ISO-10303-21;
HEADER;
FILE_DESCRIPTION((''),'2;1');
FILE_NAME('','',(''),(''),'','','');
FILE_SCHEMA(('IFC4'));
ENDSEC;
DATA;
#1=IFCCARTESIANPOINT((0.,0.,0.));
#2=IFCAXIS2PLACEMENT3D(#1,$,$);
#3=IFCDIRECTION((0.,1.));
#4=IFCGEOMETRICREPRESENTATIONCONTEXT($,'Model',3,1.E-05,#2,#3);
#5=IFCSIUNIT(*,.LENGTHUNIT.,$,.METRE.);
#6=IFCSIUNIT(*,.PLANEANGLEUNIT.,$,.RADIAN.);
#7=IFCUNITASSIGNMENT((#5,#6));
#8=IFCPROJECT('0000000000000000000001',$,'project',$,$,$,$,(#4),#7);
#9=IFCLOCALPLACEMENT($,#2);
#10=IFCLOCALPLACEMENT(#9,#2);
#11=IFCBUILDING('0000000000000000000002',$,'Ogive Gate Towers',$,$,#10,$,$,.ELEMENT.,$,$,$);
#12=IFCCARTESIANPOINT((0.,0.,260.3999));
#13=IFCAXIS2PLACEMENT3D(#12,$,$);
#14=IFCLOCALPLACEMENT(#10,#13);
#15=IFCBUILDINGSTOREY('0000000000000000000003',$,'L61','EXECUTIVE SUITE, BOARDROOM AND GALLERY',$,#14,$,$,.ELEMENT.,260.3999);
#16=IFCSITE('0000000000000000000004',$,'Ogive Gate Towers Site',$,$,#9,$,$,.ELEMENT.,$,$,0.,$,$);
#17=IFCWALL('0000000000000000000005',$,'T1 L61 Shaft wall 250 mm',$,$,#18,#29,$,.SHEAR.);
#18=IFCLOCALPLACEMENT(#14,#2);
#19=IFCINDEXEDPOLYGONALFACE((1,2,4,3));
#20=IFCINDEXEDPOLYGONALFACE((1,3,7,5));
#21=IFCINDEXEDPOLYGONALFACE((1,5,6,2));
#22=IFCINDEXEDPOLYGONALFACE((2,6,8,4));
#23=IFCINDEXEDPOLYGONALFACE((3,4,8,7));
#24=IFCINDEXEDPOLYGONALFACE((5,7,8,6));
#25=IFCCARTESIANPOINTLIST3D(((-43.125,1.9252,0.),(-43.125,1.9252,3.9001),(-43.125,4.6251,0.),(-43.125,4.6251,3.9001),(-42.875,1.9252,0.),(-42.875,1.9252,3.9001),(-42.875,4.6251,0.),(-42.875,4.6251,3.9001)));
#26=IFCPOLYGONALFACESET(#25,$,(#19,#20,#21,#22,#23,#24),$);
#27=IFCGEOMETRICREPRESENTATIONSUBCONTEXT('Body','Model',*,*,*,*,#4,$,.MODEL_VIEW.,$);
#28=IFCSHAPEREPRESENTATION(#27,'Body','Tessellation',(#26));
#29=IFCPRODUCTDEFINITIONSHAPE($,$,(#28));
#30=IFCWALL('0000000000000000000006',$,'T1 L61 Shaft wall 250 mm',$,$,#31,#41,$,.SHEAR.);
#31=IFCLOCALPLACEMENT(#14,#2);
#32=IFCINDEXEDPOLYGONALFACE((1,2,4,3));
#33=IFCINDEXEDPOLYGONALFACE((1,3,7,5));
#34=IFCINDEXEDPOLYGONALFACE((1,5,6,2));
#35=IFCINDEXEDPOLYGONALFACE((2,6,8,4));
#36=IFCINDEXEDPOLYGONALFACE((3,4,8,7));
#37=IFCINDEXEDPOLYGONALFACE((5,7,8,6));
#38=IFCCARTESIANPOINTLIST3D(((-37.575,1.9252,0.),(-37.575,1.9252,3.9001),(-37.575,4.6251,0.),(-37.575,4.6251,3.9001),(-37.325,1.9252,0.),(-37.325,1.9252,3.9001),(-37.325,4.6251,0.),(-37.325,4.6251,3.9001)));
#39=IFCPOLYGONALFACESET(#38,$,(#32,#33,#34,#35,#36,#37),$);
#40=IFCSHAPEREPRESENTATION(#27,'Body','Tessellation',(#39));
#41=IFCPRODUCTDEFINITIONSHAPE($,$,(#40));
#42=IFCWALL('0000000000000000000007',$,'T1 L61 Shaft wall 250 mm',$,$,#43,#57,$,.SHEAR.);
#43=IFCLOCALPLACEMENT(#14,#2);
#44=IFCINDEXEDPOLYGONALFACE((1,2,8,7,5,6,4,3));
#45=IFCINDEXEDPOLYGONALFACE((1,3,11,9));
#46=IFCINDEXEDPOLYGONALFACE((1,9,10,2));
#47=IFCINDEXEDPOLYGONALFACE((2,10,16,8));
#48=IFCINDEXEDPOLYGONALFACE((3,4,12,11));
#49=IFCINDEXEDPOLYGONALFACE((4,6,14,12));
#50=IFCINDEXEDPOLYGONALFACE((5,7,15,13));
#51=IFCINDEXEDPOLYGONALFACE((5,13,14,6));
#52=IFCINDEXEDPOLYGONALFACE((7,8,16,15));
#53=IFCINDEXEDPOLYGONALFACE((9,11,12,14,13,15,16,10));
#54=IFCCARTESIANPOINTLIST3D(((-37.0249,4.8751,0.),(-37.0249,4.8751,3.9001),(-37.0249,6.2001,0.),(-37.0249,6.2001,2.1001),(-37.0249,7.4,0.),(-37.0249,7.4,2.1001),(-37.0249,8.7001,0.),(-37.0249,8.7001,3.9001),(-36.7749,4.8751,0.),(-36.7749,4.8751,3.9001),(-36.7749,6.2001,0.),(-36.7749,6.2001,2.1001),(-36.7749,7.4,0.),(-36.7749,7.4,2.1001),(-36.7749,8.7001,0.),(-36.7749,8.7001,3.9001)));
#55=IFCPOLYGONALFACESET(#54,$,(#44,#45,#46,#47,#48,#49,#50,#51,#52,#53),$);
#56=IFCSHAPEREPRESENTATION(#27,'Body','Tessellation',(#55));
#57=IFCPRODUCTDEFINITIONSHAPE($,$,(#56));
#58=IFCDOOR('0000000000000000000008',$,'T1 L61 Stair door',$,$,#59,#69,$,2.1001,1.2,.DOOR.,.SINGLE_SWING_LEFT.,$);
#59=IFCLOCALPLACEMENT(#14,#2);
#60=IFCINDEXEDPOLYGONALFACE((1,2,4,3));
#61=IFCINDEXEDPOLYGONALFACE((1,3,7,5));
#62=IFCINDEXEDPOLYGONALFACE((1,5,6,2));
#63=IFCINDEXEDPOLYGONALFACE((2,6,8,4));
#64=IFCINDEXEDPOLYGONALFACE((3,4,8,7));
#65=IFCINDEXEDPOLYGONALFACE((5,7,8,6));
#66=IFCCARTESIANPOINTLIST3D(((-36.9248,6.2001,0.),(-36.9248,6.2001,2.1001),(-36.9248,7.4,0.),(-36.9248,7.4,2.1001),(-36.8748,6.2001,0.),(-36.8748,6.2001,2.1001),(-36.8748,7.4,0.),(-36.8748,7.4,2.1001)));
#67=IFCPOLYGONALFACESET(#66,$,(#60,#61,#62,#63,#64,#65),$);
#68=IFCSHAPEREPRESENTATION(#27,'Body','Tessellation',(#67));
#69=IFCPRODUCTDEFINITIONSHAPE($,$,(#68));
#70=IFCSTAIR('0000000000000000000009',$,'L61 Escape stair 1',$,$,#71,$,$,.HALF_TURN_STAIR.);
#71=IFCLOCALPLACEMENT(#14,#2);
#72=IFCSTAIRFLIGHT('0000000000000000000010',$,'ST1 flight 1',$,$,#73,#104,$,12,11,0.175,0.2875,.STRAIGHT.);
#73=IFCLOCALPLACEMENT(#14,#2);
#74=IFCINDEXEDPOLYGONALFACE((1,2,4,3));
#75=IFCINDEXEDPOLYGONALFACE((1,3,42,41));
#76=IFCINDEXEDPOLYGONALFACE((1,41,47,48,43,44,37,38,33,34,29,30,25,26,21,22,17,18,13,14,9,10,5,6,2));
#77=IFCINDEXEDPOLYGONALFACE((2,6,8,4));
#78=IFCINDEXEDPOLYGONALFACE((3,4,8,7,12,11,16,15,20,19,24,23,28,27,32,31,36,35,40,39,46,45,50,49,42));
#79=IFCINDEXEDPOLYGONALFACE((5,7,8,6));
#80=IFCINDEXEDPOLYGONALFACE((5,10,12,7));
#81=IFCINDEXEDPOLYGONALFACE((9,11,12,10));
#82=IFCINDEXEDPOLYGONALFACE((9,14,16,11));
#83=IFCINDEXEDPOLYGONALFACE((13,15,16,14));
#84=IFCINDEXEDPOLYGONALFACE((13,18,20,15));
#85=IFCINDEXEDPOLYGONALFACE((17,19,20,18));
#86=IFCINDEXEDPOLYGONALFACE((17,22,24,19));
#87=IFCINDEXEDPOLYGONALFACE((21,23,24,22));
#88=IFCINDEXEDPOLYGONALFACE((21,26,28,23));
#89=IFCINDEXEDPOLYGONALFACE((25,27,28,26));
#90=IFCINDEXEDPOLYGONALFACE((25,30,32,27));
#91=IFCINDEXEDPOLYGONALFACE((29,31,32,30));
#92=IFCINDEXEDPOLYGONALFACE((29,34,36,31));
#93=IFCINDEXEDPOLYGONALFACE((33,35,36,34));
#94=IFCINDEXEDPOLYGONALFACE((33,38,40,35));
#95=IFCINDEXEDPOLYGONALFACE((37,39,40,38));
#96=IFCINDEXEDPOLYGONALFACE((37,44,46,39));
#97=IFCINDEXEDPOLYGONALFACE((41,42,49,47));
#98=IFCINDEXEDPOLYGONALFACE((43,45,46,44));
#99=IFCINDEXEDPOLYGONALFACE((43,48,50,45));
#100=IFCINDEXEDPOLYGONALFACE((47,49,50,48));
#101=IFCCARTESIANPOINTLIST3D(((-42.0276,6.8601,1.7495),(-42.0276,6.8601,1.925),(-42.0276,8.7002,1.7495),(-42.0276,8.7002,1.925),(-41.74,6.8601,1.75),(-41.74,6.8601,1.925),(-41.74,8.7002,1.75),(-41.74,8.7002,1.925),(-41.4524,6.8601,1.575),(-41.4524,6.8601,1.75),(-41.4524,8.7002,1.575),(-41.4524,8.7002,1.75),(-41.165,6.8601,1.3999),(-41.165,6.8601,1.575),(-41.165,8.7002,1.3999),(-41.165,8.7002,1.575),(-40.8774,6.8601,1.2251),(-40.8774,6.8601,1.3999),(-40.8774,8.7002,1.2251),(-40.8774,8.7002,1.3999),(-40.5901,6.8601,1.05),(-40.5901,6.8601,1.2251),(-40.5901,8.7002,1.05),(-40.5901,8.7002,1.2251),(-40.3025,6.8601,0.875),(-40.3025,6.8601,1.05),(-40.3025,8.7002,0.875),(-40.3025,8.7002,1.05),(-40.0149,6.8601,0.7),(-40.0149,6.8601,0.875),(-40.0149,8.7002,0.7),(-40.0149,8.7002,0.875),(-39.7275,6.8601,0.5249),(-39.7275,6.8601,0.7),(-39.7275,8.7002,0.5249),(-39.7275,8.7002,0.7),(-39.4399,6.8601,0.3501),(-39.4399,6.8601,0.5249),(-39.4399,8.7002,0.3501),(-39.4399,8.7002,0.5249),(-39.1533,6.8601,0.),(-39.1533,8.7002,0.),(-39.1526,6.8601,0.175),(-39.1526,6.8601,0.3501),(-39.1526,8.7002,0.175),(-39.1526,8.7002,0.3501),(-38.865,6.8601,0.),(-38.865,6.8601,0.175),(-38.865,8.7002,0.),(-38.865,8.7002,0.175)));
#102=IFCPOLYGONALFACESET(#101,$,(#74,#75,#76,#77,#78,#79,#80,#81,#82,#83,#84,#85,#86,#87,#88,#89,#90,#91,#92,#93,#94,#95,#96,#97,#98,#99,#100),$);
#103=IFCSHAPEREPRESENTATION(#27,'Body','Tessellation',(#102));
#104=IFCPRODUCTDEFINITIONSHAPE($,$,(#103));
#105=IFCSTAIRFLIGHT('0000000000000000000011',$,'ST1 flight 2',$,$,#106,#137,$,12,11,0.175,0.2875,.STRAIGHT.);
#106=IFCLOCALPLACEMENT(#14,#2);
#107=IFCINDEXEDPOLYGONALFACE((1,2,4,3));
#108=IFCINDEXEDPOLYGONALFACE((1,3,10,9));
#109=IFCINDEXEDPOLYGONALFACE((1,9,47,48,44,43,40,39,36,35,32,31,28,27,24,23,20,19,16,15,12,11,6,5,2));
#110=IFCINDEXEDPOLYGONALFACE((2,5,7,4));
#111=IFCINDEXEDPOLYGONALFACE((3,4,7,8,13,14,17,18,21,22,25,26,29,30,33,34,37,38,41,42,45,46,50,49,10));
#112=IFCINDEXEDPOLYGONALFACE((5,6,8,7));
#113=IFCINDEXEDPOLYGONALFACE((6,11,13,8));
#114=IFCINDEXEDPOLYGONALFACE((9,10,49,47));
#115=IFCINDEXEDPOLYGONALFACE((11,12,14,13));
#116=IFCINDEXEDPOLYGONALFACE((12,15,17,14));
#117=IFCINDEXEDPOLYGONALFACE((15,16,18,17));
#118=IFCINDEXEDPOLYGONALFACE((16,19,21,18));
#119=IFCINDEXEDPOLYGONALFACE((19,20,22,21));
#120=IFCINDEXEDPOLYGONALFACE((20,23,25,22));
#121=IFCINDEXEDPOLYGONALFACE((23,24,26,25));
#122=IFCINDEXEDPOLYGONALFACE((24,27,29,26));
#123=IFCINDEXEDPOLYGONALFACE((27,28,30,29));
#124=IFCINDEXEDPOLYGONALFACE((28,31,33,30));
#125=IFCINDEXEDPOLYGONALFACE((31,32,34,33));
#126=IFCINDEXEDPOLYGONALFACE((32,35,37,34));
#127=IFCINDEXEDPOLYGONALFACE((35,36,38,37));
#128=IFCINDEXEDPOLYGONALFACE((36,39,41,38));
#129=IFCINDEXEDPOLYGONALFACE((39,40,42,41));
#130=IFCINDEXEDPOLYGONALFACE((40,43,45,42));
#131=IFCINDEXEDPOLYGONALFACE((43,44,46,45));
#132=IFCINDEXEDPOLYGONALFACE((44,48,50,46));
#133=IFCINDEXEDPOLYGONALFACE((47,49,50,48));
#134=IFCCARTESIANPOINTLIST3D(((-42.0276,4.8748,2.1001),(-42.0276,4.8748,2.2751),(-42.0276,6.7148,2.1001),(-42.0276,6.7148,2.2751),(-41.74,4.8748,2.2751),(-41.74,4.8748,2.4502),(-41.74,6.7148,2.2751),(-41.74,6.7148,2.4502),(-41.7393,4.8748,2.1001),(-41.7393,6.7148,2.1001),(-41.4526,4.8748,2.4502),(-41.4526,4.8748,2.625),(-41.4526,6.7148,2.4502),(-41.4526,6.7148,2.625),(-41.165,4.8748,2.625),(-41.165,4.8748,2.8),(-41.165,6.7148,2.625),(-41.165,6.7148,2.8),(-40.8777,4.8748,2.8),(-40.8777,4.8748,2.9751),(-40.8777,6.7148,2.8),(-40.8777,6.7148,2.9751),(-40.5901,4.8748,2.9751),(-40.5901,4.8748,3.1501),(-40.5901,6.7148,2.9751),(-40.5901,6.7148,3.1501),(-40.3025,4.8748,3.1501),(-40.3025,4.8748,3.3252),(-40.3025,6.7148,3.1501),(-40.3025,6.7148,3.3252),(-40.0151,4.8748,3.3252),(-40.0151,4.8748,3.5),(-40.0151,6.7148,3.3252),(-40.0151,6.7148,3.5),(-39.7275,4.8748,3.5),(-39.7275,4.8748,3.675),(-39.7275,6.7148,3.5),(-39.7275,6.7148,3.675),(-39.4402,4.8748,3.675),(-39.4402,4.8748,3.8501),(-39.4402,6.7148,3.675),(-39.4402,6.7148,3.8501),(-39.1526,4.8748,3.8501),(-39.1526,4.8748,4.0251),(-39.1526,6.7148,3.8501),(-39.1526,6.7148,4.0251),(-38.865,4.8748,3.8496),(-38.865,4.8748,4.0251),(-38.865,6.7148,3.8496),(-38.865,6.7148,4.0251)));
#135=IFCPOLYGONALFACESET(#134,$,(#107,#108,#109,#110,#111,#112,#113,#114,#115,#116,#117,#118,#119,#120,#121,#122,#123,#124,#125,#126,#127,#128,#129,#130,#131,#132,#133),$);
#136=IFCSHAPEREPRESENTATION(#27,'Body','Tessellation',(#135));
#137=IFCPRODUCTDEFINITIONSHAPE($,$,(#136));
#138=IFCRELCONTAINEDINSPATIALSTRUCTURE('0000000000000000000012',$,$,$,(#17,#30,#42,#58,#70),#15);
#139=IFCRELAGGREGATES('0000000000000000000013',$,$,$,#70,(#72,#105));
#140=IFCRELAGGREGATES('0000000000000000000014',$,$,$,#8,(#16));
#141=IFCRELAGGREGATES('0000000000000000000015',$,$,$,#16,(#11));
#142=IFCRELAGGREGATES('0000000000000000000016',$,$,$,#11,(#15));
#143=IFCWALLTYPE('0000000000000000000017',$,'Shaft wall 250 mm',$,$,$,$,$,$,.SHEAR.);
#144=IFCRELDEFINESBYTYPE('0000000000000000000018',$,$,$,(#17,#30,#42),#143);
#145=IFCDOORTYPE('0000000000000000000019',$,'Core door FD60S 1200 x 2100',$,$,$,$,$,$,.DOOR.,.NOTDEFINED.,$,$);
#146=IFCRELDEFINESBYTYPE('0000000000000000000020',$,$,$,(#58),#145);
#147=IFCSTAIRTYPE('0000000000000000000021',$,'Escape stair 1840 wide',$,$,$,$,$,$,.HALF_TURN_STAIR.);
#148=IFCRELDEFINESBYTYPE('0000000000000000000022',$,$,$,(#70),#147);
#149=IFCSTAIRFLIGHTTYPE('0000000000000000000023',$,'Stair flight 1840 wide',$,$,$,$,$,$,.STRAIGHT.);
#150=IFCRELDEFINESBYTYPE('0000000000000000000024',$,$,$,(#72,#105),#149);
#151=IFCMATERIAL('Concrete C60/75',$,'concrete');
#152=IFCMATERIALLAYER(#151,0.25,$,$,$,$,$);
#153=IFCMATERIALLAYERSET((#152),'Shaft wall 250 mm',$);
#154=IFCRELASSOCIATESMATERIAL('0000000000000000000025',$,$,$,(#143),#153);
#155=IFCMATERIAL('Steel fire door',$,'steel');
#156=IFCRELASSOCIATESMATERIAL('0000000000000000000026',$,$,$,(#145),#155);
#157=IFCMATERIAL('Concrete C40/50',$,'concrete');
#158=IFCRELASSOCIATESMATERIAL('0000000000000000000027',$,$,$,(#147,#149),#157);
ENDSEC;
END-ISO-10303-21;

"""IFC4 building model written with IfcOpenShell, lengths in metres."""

from ifc_helpers import new_model, si_unit, direction, frame, frame_2d, origin, place, context, subcontext, project, spatial, polyline, rectangle, outline, extrude, material, layer, layer_set, type_object, element, fill, aggregate, save


model = new_model("IFC4")

# Units and contexts
model_context = context("Model", 3, precision=1e-05, world=origin(), true_north=direction((0.0, 1.0)))
body_context = subcontext(model_context, "Body", "Model", "MODEL_VIEW")
ifc_project = project(units=[si_unit("LENGTHUNIT", "METRE"), si_unit("PLANEANGLEUNIT", "RADIAN")], contexts=[model_context])

# Site, building, storey
site_placement = place(None, origin())
site = spatial("IfcSite", under=ifc_project, at=site_placement, Name="Ogive Gate Towers Site", CompositionType="ELEMENT", RefElevation=0.0)
building_placement = place(site_placement, origin())
building = spatial("IfcBuilding", under=site, at=building_placement, Name="Ogive Gate Towers", CompositionType="ELEMENT")
storey_placement = place(building_placement, frame((0.0, 0.0, 260.3999)))
storey = spatial("IfcBuildingStorey", under=building, at=storey_placement, Name="L61", Description="EXECUTIVE SUITE, BOARDROOM AND GALLERY", CompositionType="ELEMENT", Elevation=260.3999)

# Walls
ifc_material_1 = material(Name="Concrete C60/75", Category="concrete")
ifc_layer_1 = layer(ifc_material_1, 0.25)
ifc_layer_set_1 = layer_set([ifc_layer_1], Name="Shaft wall 250 mm")
wall_type_1 = type_object("IfcWallType", Name="Shaft wall 250 mm", PredefinedType="SHEAR", material=ifc_layer_set_1)
for number, where, z_axis, x_axis, name in (
    (1, (-43.0, 1.925, 0.0), (0.0, 0.0, 1.0), (0.0, 1.0, 0.0), "T1 L61 Shaft wall 250 mm"),
    (2, (-37.45, 1.925, 0.0), (0.0, 0.0, 1.0), (0.0, 1.0, 0.0), "T1 L61 Shaft wall 250 mm"),
):
    element("IfcWall", number, at=place(storey_placement, frame(where, z_axis=z_axis, x_axis=x_axis)), inside=storey, type_object=wall_type_1, Name=name, PredefinedType="SHEAR", context=body_context, shape_type="SweptSolid", body=[
        extrude(rectangle(XDim=2.7, YDim=0.25, at=frame_2d((1.3501, 0.0))), origin(), (0.0, 0.0, 1.0), 3.9001),
    ])

# Wall, opening, door
wall_1_placement = place(storey_placement, frame((-36.8999, 4.875, 0.0), z_axis=(0.0, 0.0, 1.0), x_axis=(0.0, 1.0, 0.0)))
wall_1 = element("IfcWall", 3, at=wall_1_placement, inside=storey, type_object=wall_type_1, Name="T1 L61 Shaft wall 250 mm", PredefinedType="SHEAR", context=body_context, shape_type="SweptSolid", body=[
    extrude(rectangle(XDim=3.825, YDim=0.25, at=frame_2d((1.9126, 0.0))), origin(), (0.0, 0.0, 1.0), 3.9001),
])
opening_1_placement = place(wall_1_placement, frame((1.325, 0.0, 0.0)))
opening_1 = element("IfcOpeningElement", 4, at=opening_1_placement, cuts=wall_1, PredefinedType="OPENING", context=body_context, shape_type="SweptSolid", body=[
    extrude(rectangle(XDim=1.2, YDim=2.1001, at=frame_2d((0.6001, 1.05))), frame((0.0, 0.135, 0.0), z_axis=(0.0, -1.0, 0.0), x_axis=(1.0, 0.0, 0.0)), (0.0, 0.0, 1.0), 0.27),
])
ifc_material_2 = material(Name="Steel fire door", Category="steel")
door_type_1 = type_object("IfcDoorType", Name="Core door FD60S 1200 x 2100", OperationType="NOTDEFINED", PredefinedType="DOOR", material=ifc_material_2)
door_1_placement = place(opening_1_placement, origin())
door_1 = element("IfcDoor", 5, at=door_1_placement, inside=storey, type_object=door_type_1, Name="T1 L61 Stair door", OperationType="SINGLE_SWING_LEFT", OverallHeight=2.1001, OverallWidth=1.2, PredefinedType="DOOR", context=body_context, shape_type="SweptSolid", body=[
    extrude(rectangle(XDim=1.2, YDim=2.1001, at=frame_2d((0.6001, 1.05))), frame((0.0, 0.0249, 0.0), z_axis=(0.0, -1.0, 0.0), x_axis=(1.0, 0.0, 0.0)), (0.0, 0.0, 1.0), 0.05),
])
fill(opening_1, door_1)

# Stair, stair flights
ifc_material_3 = material(Name="Concrete C40/50", Category="concrete")
stair_type = type_object("IfcStairType", Name="Escape stair 1840 wide", PredefinedType="HALF_TURN_STAIR", material=ifc_material_3)
stair_placement = place(storey_placement, origin())
stair = element("IfcStair", 6, at=stair_placement, inside=storey, type_object=stair_type, Name="L61 Escape stair 1", PredefinedType="HALF_TURN_STAIR")
stair_flight_type = type_object("IfcStairFlightType", Name="Stair flight 1840 wide", PredefinedType="STRAIGHT", material=ifc_material_3)
stair_flight_1_placement = place(storey_placement, frame((-38.865, 7.78, 0.0), z_axis=(0.0, 0.0, 1.0), x_axis=(-1.0, 0.0, 0.0)))
stair_flight_1 = element("IfcStairFlight", 7, at=stair_flight_1_placement, type_object=stair_flight_type, Name="ST1 flight 1", NumberOfRisers=12, NumberOfTreads=11, PredefinedType="STRAIGHT", RiserHeight=0.175, TreadLength=0.2875, context=body_context, shape_type="SweptSolid", body=[
    extrude(outline(polyline([(0.0, 0.0), (0.0, 0.175), (0.2876, 0.175), (0.2876, 0.3501), (0.575, 0.3501), (0.575, 0.5249), (0.8625, 0.5249), (0.8625, 0.7), (1.1499, 0.7), (1.1499, 0.875), (1.4375, 0.875), (1.4375, 1.05), (1.7251, 1.05), (1.7251, 1.2251), (2.0125, 1.2251), (2.0125, 1.3999), (2.3, 1.3999), (2.3, 1.575), (2.5874, 1.575), (2.5874, 1.75), (2.875, 1.75), (2.875, 1.925), (3.1626, 1.925), (3.1626, 2.1001), (3.1626, 1.7495), (0.2883, 0.0), (0.0, 0.0)])), frame((0.0, 0.9199, 0.0), z_axis=(0.0, -1.0, 0.0), x_axis=(1.0, 0.0, 0.0)), (0.0, 0.0, 1.0), 1.8401),
])
stair_flight_2_placement = place(storey_placement, frame((-42.0276, 5.7949, 2.1001), z_axis=(0.0, 0.0, 1.0), x_axis=(1.0, 0.0, 0.0)))
stair_flight_2 = element("IfcStairFlight", 8, at=stair_flight_2_placement, type_object=stair_flight_type, Name="ST1 flight 2", NumberOfRisers=12, NumberOfTreads=11, PredefinedType="STRAIGHT", RiserHeight=0.175, TreadLength=0.2875, context=body_context, shape_type="SweptSolid", body=[
    extrude(outline(polyline([(0.0, 0.0), (0.0, 0.175), (0.2876, 0.175), (0.2876, 0.3501), (0.575, 0.3501), (0.575, 0.5249), (0.8625, 0.5249), (0.8625, 0.7), (1.1499, 0.7), (1.1499, 0.875), (1.4375, 0.875), (1.4375, 1.05), (1.7251, 1.05), (1.7251, 1.2251), (2.0125, 1.2251), (2.0125, 1.3999), (2.3, 1.3999), (2.3, 1.575), (2.5874, 1.575), (2.5874, 1.75), (2.875, 1.75), (2.875, 1.925), (3.1626, 1.925), (3.1626, 2.1001), (3.1626, 1.7495), (0.2883, 0.0), (0.0, 0.0)])), frame((0.0, 0.9199, 0.0), z_axis=(0.0, -1.0, 0.0), x_axis=(1.0, 0.0, 0.0)), (0.0, 0.0, 1.0), 1.8401),
])
aggregate(stair, [stair_flight_1, stair_flight_2])

save(model, "model.ifc")
